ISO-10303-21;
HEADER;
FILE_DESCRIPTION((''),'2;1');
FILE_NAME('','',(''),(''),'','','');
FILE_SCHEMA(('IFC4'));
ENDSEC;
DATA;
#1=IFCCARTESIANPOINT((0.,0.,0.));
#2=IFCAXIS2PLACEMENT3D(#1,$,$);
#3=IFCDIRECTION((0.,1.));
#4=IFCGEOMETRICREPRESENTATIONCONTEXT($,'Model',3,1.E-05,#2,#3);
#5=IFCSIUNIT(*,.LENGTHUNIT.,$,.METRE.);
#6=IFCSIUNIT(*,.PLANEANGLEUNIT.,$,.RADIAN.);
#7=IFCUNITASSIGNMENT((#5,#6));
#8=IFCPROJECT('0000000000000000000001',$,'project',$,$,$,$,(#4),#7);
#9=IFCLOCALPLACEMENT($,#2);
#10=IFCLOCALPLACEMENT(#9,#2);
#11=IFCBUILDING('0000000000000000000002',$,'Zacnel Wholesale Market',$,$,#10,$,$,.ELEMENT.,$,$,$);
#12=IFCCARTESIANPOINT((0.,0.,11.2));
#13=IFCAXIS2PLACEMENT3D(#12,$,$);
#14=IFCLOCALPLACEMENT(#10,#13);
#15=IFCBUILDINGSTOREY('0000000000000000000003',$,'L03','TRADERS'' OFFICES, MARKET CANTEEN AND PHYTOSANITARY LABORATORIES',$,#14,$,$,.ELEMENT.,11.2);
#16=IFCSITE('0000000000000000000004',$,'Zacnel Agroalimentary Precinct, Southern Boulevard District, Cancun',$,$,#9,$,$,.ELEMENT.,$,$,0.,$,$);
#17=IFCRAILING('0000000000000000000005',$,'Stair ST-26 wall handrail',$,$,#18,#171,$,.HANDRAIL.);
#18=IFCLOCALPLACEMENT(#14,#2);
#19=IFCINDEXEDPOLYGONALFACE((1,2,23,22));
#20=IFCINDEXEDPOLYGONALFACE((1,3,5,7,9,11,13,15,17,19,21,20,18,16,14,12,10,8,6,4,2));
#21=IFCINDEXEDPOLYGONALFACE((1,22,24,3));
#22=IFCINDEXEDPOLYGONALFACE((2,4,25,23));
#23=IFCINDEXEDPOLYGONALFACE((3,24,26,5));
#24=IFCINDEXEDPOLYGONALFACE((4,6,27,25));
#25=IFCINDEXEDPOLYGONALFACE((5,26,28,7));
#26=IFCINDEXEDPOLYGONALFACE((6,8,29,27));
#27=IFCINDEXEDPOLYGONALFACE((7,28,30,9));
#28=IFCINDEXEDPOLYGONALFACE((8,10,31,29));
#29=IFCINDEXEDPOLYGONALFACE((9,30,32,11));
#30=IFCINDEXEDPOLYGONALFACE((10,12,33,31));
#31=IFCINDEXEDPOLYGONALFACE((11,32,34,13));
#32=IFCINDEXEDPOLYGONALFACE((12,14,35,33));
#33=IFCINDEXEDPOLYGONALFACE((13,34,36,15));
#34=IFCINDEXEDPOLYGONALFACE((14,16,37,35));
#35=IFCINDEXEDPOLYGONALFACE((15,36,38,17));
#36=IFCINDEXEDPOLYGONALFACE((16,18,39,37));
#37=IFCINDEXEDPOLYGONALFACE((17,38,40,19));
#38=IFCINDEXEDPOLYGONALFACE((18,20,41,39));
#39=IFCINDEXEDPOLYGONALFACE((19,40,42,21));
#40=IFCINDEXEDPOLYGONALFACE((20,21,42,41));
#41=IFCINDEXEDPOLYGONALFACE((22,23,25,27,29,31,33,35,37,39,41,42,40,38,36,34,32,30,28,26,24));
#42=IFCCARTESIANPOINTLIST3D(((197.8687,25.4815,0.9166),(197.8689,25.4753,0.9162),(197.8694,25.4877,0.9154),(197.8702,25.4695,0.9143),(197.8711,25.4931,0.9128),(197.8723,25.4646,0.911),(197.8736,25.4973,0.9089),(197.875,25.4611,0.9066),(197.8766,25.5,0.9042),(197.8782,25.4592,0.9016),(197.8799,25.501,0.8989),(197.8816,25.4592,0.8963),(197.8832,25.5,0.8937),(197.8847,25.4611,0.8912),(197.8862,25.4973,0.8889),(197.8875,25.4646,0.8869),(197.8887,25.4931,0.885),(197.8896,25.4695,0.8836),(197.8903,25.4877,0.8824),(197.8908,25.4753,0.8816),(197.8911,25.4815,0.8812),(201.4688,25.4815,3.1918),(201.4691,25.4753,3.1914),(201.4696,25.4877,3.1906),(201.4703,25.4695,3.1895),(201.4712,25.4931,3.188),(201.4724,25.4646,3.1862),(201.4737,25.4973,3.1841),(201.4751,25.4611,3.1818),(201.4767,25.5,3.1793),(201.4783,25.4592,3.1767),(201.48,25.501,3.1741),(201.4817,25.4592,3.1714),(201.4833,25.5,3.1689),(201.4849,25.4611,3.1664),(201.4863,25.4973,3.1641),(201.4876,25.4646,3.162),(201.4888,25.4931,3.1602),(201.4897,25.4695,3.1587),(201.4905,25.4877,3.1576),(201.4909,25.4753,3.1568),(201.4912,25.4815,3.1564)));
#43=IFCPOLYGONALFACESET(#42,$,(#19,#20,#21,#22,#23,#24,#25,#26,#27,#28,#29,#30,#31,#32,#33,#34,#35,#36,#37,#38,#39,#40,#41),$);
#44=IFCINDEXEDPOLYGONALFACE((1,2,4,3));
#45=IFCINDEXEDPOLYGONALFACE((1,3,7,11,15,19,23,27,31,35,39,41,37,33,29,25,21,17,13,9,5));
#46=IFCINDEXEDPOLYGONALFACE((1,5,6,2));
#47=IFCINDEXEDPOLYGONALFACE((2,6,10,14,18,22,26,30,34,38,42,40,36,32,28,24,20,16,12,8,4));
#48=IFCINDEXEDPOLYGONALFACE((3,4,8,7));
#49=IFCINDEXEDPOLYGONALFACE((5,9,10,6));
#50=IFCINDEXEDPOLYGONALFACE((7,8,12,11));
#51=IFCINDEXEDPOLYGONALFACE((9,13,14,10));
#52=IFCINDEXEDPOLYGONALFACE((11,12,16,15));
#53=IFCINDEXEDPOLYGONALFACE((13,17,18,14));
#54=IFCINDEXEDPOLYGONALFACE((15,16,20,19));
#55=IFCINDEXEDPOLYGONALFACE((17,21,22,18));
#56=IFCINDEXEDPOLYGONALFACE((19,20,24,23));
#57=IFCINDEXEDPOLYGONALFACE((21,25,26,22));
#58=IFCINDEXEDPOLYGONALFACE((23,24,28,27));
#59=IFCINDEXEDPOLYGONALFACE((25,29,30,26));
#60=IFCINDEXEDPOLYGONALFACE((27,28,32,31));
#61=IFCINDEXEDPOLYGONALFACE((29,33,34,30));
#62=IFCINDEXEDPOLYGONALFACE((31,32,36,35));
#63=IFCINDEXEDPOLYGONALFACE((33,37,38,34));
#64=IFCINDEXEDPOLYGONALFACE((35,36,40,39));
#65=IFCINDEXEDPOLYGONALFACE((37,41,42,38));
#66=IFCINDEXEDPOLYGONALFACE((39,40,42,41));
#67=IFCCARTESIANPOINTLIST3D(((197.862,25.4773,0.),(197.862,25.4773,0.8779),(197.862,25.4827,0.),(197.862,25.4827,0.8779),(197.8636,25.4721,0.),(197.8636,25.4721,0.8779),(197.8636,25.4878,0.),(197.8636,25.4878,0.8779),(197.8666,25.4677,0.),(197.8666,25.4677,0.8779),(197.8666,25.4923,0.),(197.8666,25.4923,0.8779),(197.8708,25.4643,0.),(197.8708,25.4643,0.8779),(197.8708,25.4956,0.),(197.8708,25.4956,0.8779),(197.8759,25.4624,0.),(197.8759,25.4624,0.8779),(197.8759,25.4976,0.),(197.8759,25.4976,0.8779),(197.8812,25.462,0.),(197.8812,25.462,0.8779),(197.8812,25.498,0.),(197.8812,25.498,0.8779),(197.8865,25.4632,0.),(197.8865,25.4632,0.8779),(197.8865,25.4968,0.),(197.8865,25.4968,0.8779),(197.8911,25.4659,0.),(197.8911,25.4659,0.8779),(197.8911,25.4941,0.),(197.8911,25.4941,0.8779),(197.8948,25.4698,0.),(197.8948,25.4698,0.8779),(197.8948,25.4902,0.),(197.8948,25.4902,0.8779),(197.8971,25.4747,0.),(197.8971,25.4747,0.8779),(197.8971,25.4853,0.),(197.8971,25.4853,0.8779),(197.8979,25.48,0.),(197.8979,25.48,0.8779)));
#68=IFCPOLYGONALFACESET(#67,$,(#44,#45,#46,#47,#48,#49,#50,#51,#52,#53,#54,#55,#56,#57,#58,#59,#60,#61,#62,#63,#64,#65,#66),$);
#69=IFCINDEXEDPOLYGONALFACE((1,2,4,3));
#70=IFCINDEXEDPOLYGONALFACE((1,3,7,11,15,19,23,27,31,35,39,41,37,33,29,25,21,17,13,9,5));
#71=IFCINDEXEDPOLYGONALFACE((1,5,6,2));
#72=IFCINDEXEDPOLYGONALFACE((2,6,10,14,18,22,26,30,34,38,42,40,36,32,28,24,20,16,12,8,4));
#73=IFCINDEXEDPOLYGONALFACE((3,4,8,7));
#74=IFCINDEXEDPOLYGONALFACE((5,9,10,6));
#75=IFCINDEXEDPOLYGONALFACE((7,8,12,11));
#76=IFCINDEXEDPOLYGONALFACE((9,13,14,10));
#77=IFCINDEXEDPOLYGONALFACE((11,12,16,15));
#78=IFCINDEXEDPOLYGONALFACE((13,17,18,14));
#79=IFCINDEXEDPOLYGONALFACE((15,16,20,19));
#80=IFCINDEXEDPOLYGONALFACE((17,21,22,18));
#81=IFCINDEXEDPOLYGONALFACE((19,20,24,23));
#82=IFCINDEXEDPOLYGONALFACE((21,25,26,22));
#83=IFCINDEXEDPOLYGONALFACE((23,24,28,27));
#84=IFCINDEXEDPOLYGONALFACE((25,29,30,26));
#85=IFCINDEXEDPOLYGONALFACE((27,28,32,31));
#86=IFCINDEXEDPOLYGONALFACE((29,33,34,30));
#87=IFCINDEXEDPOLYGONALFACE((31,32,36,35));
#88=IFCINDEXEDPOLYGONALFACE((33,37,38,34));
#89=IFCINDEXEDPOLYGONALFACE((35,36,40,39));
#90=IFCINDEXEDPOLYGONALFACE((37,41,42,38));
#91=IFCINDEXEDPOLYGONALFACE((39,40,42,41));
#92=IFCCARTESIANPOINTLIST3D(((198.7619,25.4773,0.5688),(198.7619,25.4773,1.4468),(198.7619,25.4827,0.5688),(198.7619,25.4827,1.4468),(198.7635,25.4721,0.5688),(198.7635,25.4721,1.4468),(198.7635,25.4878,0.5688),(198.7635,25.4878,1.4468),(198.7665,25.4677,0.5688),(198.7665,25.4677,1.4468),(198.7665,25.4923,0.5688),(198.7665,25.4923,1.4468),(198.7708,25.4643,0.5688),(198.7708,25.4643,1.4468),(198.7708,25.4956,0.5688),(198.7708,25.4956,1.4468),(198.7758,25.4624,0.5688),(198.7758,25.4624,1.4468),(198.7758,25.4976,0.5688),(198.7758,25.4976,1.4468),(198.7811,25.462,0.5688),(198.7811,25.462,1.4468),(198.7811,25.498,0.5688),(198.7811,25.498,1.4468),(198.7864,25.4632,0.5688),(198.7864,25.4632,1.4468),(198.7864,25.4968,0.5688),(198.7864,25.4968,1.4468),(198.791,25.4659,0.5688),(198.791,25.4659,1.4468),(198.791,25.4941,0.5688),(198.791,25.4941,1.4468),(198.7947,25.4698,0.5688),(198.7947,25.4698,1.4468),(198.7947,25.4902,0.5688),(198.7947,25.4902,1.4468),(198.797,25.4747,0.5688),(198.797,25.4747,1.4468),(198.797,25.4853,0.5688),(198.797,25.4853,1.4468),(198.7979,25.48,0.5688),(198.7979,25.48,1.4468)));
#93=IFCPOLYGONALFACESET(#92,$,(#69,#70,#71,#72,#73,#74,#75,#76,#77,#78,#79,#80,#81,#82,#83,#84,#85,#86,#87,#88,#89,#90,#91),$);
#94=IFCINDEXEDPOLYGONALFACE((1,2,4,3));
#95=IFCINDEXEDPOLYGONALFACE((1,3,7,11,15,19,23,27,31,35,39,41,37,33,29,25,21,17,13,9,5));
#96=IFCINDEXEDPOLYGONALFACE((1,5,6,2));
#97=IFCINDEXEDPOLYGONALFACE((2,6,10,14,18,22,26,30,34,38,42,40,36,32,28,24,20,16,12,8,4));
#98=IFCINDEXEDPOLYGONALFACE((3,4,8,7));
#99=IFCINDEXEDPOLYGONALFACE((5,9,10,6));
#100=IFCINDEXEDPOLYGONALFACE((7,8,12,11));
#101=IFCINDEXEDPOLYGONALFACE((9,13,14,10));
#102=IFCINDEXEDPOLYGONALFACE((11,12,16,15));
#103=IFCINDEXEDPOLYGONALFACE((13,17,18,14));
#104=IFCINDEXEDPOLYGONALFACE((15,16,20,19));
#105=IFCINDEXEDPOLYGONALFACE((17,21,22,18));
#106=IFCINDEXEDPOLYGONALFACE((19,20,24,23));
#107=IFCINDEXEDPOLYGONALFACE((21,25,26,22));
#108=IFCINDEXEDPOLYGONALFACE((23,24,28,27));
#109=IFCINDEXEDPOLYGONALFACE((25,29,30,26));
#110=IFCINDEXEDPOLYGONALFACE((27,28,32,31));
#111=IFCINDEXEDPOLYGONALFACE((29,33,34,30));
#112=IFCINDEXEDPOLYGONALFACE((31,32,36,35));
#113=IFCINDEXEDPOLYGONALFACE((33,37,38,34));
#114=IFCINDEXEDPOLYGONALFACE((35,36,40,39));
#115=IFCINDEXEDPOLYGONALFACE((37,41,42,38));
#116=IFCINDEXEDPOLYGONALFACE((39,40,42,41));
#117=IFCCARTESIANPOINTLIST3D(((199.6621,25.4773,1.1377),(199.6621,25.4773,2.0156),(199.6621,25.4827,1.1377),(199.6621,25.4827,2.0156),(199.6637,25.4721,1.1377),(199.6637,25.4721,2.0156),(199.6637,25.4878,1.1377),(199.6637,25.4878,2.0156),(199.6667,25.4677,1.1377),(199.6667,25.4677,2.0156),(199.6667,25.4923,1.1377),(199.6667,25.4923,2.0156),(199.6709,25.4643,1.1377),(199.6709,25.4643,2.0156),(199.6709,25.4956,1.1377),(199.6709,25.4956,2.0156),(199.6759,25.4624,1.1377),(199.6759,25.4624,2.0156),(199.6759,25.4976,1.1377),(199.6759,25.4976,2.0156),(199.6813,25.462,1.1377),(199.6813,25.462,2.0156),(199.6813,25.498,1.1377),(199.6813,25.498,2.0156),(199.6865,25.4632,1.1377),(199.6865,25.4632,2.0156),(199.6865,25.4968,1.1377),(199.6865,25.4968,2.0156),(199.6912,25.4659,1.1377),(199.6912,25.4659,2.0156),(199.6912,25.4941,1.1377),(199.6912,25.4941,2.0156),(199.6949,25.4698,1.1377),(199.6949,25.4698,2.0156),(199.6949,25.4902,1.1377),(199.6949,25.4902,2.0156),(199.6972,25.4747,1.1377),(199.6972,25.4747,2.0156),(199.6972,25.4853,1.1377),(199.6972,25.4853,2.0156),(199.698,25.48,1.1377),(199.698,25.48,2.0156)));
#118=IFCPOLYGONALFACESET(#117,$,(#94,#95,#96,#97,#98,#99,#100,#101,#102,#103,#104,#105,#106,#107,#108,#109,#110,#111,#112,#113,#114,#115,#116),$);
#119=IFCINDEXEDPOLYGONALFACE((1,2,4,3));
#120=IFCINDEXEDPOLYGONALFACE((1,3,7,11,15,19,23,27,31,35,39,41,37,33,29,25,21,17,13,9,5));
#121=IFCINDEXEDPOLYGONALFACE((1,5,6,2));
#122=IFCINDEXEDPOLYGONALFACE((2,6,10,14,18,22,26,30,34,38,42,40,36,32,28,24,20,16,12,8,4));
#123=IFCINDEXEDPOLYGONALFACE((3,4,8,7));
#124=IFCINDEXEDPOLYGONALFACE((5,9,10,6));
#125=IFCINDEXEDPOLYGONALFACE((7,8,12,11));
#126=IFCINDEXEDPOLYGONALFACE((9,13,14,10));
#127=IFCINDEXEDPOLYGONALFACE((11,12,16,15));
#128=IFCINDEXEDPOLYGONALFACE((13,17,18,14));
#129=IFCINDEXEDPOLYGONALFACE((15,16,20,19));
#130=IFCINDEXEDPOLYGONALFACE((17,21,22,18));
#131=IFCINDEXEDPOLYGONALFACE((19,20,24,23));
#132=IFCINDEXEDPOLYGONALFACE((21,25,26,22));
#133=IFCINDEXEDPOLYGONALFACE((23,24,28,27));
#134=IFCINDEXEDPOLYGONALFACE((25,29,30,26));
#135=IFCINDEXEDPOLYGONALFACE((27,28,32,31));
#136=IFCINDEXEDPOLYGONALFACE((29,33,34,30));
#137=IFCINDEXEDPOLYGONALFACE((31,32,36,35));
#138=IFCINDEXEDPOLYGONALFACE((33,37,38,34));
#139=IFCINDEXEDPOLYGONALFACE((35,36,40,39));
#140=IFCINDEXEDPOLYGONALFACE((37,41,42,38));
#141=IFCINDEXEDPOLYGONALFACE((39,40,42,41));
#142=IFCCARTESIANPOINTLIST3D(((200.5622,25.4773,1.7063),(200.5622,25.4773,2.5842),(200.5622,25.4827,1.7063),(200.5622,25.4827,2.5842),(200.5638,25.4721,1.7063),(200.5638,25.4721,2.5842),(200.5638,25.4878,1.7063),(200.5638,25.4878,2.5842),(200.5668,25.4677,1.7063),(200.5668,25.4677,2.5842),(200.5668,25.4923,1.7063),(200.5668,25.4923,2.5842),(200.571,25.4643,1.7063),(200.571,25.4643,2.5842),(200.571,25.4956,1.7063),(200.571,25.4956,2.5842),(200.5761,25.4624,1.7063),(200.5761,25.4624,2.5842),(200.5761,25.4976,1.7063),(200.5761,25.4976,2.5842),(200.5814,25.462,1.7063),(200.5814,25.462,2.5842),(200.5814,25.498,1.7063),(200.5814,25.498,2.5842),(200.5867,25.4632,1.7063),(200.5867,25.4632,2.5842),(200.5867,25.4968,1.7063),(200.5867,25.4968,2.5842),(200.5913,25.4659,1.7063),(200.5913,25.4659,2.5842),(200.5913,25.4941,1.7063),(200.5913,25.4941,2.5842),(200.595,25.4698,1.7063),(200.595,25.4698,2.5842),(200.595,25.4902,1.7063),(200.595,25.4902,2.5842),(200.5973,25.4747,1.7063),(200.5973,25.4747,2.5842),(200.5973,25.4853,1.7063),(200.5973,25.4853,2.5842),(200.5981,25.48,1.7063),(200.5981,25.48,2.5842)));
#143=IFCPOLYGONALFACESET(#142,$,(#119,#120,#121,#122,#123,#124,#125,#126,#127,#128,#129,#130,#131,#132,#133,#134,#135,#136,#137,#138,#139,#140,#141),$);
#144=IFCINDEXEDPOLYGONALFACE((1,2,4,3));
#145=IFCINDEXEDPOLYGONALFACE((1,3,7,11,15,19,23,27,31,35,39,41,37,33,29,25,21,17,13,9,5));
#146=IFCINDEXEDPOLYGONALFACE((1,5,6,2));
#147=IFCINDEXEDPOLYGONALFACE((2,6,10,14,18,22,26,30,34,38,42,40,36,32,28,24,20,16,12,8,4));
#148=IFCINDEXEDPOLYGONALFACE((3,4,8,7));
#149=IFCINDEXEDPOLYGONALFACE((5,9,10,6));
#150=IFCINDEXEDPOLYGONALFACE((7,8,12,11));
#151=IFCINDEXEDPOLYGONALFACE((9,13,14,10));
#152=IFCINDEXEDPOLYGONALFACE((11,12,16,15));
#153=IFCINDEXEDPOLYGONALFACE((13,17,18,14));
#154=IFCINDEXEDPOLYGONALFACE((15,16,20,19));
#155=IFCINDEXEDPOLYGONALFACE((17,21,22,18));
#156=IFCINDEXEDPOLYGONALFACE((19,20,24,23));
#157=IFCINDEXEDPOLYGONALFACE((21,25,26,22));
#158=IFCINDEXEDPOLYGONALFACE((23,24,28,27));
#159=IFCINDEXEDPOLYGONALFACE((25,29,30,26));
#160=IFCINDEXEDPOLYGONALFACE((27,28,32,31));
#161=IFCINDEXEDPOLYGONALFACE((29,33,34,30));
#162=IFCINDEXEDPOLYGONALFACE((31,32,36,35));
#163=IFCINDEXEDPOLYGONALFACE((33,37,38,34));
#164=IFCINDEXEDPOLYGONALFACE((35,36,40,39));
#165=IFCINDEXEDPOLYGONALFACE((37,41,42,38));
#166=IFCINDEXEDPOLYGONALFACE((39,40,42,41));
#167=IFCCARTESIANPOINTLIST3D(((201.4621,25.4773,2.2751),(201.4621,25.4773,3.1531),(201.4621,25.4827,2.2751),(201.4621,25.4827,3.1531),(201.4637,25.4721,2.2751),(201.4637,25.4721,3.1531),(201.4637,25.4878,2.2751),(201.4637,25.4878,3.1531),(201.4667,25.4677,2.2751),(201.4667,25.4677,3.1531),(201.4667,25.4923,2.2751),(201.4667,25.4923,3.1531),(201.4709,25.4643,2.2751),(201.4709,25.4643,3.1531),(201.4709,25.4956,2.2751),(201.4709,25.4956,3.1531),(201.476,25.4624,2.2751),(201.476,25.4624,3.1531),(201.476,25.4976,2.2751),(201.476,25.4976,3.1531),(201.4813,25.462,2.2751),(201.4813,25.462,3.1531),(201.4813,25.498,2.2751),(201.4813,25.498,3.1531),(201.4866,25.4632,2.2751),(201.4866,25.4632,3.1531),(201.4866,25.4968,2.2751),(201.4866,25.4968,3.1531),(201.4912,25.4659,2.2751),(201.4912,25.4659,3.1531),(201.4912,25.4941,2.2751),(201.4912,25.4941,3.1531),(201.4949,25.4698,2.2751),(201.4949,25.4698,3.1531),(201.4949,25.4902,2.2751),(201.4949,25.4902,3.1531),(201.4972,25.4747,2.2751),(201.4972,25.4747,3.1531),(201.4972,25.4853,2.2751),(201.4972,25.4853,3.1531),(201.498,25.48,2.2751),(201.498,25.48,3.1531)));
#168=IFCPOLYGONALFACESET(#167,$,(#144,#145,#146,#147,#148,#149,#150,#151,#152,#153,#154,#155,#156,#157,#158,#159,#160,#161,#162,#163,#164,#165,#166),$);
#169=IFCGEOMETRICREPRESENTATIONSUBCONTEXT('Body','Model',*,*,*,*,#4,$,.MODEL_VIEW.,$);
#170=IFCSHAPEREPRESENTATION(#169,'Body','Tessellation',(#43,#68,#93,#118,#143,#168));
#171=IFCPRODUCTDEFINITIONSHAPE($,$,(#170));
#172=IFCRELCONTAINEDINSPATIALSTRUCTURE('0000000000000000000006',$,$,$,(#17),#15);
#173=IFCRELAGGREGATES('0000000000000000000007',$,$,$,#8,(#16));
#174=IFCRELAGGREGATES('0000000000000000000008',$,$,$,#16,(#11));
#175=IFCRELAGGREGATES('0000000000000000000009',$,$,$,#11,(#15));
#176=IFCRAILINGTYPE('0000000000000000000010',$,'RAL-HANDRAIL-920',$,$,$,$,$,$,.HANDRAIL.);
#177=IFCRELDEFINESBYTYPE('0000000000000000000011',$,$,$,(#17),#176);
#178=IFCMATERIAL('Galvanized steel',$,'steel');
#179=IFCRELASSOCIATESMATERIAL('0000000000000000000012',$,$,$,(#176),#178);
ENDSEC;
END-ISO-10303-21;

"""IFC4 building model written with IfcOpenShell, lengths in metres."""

from ifc_helpers import new_model, si_unit, direction, frame, origin, origin_2d, place, context, subcontext, project, spatial, circle, extrude, material, type_object, element, save


model = new_model("IFC4")

# Units and contexts
model_context = context("Model", 3, precision=1e-05, world=origin(), true_north=direction((0.0, 1.0)))
body_context = subcontext(model_context, "Body", "Model", "MODEL_VIEW")
ifc_project = project(units=[si_unit("LENGTHUNIT", "METRE"), si_unit("PLANEANGLEUNIT", "RADIAN")], contexts=[model_context])

# Site, building, storey
site_placement = place(None, origin())
site = spatial("IfcSite", under=ifc_project, at=site_placement, Name="Zacnel Agroalimentary Precinct, Southern Boulevard District, Cancun", CompositionType="ELEMENT", RefElevation=0.0)
building_placement = place(site_placement, origin())
building = spatial("IfcBuilding", under=site, at=building_placement, Name="Zacnel Wholesale Market", CompositionType="ELEMENT")
storey_placement = place(building_placement, frame((0.0, 0.0, 11.2)))
storey = spatial("IfcBuildingStorey", under=building, at=storey_placement, Name="L03", Description="TRADERS' OFFICES, MARKET CANTEEN AND PHYTOSANITARY LABORATORIES", CompositionType="ELEMENT", Elevation=11.2)

# Railing
ifc_material_1 = material(Name="Galvanized steel", Category="steel")
railing_type_1 = type_object("IfcRailingType", Name="RAL-HANDRAIL-920", PredefinedType="HANDRAIL", material=ifc_material_1)
railing_1_placement = place(storey_placement, frame((197.8799, 25.48, 0.0)))
element("IfcRailing", 1, at=railing_1_placement, inside=storey, type_object=railing_type_1, Name="Stair ST-26 wall handrail", PredefinedType="HANDRAIL", context=body_context, shape_type="SweptSolid", body=[
    extrude(circle(Radius=0.021, at=origin_2d()), frame((0.0, 0.0, 0.8989), z_axis=(0.84534, 0.0, 0.534228), x_axis=(0.0, 1.0, 0.0)), (0.0, 0.0, 1.0), 4.2588),
    extrude(circle(Radius=0.0181, at=origin_2d()), origin(), (0.0, 0.0, 1.0), 0.8779),
    extrude(circle(Radius=0.0181, at=origin_2d()), frame((0.8999, 0.0, 0.5688)), (0.0, 0.0, 1.0), 0.8779),
    extrude(circle(Radius=0.0181, at=origin_2d()), frame((1.8, 0.0, 1.1377)), (0.0, 0.0, 1.0), 0.8779),
    extrude(circle(Radius=0.0181, at=origin_2d()), frame((2.7002, 0.0, 1.7063)), (0.0, 0.0, 1.0), 0.8779),
    extrude(circle(Radius=0.0181, at=origin_2d()), frame((3.6001, 0.0, 2.2751)), (0.0, 0.0, 1.0), 0.8779),
])

save(model, "model.ifc")
